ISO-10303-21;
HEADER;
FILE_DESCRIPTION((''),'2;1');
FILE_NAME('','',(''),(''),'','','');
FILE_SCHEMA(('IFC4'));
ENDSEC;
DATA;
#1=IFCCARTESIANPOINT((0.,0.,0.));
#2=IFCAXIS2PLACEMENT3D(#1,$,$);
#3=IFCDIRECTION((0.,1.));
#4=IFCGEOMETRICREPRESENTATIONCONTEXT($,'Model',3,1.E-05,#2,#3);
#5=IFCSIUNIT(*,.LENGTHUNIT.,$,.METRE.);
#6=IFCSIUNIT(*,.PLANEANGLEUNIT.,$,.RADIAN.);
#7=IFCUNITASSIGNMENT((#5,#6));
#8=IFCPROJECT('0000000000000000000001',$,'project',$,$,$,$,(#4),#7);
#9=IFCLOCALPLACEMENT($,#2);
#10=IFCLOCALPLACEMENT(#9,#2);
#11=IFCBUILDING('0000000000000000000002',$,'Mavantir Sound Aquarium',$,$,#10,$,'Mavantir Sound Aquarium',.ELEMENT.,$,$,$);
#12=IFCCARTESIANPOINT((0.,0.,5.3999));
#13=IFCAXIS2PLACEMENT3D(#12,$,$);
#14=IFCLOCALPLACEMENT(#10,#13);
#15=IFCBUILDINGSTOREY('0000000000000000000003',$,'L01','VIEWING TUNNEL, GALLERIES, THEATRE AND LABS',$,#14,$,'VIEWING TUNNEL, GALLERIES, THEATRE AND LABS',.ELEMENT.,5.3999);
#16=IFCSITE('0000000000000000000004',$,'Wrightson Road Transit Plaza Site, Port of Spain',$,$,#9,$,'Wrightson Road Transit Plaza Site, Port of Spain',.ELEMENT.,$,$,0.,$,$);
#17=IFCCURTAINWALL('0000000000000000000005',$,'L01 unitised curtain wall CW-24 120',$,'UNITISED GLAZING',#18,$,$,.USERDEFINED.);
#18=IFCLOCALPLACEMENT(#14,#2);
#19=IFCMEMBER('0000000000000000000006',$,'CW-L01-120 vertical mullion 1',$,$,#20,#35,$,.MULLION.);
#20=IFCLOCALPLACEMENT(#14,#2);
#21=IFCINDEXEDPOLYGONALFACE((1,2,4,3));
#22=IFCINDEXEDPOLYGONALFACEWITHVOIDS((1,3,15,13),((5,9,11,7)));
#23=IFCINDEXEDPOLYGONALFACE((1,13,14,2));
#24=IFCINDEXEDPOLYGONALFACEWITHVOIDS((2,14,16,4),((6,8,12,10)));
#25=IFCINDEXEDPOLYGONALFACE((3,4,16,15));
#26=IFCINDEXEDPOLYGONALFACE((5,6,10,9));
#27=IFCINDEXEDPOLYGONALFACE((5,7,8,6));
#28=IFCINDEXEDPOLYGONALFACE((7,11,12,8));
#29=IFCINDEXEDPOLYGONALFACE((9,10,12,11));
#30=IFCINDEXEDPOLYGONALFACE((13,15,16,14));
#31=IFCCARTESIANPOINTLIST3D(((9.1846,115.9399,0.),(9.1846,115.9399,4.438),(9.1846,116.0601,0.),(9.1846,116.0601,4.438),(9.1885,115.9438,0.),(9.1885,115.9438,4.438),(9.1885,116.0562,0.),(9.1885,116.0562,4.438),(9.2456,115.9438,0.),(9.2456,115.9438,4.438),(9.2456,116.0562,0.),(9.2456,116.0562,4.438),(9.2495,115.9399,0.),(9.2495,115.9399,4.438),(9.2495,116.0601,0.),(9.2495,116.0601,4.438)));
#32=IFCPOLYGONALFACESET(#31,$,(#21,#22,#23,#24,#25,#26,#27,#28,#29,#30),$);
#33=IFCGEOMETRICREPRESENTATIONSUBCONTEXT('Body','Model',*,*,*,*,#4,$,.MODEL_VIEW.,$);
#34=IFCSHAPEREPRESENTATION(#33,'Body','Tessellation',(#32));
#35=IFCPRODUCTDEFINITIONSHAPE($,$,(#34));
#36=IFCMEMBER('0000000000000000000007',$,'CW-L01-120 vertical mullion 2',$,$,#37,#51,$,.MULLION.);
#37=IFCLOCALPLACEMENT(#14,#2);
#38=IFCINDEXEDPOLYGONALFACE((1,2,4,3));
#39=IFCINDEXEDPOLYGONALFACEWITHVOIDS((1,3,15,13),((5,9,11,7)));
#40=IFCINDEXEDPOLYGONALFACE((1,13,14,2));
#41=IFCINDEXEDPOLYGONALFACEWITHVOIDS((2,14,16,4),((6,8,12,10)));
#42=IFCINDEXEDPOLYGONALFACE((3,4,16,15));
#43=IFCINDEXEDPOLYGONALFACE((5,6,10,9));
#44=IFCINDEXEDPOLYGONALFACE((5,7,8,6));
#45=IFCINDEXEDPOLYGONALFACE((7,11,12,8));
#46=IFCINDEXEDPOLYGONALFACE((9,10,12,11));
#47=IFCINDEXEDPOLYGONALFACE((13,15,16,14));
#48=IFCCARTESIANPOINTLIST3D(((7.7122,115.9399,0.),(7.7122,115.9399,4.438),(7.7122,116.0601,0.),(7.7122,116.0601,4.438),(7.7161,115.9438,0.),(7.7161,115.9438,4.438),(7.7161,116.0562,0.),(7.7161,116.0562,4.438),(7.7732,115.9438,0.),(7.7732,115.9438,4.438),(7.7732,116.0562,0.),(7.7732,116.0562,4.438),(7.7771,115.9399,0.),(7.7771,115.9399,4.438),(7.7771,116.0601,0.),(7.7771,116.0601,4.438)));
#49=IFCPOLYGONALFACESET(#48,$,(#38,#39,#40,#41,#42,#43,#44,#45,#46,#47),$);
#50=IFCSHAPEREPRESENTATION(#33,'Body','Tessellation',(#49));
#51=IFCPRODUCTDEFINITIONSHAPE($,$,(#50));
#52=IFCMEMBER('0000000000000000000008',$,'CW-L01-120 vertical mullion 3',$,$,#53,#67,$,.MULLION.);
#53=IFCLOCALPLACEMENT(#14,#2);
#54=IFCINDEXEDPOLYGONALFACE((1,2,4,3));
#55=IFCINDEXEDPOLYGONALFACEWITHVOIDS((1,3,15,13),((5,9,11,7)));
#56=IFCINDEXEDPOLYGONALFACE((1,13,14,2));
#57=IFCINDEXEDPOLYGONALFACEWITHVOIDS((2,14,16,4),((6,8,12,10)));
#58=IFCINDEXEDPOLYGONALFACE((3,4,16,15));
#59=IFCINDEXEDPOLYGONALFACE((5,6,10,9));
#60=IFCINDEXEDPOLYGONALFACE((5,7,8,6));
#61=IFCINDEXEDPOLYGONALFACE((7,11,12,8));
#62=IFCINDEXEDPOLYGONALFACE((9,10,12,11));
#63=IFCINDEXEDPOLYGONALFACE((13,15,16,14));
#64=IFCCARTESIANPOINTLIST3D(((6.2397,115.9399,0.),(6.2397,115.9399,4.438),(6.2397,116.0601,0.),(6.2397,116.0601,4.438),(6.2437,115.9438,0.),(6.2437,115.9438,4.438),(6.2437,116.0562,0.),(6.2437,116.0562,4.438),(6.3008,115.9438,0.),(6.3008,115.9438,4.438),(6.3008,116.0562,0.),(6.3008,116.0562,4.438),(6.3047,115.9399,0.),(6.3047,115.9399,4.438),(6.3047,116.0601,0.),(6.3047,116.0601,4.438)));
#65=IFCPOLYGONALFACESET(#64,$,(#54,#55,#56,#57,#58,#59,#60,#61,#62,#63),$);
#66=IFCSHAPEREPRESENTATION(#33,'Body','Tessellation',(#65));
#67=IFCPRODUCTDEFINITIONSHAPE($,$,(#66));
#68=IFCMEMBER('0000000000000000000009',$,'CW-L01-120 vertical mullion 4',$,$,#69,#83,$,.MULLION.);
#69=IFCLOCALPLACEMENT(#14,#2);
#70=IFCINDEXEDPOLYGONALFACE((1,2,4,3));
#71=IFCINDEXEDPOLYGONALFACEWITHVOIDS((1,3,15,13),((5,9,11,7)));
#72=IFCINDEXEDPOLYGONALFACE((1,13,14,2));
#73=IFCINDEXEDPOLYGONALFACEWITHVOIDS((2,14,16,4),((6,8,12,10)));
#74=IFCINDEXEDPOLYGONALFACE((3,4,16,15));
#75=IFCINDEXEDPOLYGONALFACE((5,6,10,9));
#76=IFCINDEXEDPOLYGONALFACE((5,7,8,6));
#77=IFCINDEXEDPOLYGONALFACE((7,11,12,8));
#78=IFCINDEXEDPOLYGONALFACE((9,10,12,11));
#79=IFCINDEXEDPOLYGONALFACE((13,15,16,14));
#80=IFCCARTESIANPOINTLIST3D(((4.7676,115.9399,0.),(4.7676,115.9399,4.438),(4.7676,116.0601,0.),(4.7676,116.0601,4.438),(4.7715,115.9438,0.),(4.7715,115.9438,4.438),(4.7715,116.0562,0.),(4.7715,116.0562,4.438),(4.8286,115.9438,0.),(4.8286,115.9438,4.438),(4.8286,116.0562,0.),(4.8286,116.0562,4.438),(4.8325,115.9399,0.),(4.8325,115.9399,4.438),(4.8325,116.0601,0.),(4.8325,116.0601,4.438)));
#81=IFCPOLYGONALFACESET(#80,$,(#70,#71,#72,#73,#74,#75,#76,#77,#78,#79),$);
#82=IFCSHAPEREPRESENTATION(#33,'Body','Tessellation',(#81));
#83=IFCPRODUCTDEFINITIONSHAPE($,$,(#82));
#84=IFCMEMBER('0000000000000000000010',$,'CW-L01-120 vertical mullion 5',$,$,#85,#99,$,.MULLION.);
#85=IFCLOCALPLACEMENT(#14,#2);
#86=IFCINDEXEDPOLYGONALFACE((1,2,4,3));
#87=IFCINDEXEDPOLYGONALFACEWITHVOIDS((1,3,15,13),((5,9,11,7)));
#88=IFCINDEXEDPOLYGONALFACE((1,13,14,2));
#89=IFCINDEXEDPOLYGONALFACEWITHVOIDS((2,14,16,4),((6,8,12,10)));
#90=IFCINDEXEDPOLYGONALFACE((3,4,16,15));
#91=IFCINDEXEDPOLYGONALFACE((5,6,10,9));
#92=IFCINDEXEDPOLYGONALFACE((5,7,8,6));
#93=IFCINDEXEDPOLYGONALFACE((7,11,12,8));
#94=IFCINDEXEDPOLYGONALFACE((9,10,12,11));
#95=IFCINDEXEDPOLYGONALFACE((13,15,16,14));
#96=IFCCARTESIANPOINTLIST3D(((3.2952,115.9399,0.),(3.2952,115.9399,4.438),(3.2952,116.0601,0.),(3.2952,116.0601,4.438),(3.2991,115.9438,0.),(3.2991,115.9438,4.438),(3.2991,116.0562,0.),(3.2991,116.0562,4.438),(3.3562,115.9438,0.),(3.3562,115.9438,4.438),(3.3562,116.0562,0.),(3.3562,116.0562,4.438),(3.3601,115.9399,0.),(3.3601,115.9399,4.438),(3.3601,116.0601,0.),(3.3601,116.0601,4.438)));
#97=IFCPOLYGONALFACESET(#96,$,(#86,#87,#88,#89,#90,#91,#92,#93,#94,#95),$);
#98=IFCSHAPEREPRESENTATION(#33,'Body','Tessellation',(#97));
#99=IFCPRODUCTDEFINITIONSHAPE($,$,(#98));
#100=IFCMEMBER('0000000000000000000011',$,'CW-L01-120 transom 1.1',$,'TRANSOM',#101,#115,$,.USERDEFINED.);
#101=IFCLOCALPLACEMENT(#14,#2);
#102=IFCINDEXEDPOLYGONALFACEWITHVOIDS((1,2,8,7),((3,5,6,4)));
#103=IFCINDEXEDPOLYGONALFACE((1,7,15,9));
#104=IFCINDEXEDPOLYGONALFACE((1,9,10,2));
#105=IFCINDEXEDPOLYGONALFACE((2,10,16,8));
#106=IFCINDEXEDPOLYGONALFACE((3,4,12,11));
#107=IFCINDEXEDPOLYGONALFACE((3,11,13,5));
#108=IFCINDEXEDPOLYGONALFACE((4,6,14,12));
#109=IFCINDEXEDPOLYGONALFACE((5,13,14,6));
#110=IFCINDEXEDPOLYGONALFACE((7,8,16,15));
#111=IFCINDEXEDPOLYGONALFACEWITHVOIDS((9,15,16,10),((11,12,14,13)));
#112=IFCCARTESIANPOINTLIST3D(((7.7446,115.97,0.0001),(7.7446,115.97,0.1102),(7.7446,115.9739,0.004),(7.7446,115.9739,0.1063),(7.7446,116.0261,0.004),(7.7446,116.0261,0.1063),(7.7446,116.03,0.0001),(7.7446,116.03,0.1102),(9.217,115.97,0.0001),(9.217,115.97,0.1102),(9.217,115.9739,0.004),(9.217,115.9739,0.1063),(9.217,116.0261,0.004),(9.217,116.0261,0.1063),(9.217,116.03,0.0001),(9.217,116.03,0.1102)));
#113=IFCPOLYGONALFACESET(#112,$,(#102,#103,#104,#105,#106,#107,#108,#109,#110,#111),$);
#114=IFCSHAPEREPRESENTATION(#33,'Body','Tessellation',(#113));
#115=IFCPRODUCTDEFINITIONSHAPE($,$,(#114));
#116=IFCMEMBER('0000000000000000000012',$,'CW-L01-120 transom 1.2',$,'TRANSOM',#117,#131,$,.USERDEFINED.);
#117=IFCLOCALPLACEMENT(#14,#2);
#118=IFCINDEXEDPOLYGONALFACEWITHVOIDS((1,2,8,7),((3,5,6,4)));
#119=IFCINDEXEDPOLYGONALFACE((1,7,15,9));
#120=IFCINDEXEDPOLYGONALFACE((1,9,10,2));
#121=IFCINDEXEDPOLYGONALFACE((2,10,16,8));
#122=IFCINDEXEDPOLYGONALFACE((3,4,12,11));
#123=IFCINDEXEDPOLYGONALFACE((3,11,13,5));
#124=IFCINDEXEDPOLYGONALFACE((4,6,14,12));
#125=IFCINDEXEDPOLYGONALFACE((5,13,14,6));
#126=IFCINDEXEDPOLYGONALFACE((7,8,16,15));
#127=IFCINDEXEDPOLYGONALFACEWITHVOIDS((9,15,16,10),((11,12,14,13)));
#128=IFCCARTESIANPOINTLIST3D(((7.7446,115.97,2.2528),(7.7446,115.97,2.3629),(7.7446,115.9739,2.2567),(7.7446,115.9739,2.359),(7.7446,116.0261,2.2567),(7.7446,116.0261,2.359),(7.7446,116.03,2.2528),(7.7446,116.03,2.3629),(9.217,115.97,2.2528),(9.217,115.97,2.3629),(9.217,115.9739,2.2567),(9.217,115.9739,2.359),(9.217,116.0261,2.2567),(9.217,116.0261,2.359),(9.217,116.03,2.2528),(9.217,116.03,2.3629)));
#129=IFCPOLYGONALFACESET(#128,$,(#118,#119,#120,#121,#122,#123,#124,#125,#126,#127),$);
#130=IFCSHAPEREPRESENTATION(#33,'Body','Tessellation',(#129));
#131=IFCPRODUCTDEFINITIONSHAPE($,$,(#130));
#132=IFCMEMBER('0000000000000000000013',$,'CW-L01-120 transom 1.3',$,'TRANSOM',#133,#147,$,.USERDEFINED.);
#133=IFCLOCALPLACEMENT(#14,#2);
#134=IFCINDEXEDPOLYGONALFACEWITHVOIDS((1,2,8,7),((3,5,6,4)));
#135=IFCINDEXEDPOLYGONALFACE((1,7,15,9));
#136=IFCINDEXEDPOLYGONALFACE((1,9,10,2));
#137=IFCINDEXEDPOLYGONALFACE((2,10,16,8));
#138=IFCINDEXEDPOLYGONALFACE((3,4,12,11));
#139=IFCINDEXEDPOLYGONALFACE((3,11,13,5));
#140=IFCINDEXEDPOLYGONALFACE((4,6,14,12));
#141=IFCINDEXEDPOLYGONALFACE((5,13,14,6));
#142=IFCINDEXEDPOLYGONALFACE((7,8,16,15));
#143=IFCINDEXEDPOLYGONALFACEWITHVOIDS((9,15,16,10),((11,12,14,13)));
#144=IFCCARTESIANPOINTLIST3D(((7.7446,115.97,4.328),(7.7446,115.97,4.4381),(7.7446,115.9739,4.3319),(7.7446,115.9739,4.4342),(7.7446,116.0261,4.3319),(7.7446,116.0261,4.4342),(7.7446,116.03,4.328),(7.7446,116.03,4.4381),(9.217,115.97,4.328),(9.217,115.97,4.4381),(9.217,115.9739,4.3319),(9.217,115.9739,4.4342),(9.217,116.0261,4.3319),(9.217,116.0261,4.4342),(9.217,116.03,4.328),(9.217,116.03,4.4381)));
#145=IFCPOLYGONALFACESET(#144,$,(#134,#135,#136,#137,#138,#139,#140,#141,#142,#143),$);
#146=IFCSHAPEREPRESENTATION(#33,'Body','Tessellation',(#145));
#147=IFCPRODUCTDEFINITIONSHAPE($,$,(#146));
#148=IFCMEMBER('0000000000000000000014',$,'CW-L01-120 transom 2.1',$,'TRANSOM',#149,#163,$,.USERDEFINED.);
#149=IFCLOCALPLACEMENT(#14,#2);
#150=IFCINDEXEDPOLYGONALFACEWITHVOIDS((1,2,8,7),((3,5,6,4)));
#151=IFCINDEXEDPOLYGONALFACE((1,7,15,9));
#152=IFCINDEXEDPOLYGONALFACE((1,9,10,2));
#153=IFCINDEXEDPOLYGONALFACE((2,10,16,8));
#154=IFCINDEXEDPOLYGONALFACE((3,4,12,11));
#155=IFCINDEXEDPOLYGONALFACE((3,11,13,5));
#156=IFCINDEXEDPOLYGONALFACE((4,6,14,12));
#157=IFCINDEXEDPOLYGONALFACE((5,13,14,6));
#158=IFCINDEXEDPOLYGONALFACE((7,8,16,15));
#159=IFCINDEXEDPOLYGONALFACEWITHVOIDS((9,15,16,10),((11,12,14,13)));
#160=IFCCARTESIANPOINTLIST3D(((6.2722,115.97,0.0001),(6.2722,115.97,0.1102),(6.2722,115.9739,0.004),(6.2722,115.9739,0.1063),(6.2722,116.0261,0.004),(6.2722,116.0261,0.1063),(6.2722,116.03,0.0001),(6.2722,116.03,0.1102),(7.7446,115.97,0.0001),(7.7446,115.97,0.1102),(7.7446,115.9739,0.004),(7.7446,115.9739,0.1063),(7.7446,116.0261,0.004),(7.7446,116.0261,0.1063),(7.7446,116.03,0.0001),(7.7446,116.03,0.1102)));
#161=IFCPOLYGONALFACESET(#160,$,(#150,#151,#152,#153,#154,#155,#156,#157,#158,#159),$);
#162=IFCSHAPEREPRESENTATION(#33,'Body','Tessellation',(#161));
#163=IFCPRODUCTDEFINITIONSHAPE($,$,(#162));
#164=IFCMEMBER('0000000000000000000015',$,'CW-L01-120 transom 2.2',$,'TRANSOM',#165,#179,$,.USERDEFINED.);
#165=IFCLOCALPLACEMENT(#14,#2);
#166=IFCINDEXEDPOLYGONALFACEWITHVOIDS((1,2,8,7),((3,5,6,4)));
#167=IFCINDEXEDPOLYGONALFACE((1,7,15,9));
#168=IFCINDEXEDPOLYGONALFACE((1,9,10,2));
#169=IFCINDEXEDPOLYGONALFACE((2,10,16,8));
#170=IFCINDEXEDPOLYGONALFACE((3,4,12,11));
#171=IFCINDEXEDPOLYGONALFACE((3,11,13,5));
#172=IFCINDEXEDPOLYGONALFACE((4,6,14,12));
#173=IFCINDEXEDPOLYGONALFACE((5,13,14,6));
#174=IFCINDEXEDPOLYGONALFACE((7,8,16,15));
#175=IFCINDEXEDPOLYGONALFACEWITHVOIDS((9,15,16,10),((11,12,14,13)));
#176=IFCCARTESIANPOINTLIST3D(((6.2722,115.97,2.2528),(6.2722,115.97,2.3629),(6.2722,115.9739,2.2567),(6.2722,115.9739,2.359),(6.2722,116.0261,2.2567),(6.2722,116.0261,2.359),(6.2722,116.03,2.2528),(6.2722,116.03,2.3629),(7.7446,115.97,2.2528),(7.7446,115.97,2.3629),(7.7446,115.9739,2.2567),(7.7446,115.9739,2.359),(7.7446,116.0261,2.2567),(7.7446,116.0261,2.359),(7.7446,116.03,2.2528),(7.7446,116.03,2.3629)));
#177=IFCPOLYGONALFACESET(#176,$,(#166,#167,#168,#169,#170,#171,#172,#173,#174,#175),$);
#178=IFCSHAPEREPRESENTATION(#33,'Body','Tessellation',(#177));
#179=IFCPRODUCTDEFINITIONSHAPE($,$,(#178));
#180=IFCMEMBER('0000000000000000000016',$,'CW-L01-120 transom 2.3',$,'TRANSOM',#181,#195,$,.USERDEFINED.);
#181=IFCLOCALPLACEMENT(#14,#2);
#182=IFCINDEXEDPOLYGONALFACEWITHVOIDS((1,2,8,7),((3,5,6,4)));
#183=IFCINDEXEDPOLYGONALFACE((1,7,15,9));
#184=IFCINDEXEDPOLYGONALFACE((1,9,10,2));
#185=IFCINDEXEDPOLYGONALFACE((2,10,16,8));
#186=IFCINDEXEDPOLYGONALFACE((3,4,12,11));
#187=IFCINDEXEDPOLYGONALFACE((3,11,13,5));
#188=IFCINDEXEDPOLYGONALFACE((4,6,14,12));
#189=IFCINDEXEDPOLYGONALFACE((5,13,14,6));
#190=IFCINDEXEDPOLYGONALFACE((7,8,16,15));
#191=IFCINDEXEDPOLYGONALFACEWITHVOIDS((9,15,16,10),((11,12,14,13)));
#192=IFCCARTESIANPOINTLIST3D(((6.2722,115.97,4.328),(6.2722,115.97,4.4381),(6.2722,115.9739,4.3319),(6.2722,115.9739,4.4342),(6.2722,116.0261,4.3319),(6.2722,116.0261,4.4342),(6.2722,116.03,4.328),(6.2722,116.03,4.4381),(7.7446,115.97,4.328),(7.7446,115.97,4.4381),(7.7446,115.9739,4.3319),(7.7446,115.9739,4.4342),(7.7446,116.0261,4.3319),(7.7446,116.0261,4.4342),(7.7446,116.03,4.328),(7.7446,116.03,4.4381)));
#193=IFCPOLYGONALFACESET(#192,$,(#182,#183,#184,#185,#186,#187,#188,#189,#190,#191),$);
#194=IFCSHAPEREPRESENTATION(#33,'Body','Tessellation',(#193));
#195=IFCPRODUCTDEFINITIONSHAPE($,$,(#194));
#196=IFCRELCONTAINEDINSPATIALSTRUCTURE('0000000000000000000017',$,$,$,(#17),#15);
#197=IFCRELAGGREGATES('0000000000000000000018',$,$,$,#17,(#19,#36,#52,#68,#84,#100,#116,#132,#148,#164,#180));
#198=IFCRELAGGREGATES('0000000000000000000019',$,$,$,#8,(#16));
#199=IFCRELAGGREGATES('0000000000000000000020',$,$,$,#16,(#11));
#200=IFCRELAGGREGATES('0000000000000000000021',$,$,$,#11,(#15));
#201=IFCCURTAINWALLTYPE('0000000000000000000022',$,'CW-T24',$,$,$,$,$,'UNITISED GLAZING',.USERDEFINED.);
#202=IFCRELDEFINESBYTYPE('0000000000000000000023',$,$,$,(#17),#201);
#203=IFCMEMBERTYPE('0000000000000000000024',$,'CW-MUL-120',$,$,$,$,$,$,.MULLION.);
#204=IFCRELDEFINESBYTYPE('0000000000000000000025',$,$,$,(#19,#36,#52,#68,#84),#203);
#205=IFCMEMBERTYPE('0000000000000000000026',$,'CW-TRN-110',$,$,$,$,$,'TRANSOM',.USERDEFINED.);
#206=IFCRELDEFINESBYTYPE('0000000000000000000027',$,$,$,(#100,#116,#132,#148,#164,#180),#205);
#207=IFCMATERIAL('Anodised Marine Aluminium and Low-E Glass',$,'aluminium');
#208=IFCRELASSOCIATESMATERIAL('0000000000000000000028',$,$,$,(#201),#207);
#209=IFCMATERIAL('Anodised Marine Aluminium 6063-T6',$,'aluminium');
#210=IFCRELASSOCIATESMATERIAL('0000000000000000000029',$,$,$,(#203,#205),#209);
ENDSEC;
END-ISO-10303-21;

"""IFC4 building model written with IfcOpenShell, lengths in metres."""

from ifc_helpers import new_model, si_unit, direction, frame, origin, origin_2d, place, context, subcontext, project, spatial, hollow_rectangle, extrude, material, material_profile, profile_set, type_object, element, aggregate, save


model = new_model("IFC4")

# Units and contexts
model_context = context("Model", 3, precision=1e-05, world=origin(), true_north=direction((0.0, 1.0)))
body_context = subcontext(model_context, "Body", "Model", "MODEL_VIEW")
ifc_project = project(units=[si_unit("LENGTHUNIT", "METRE"), si_unit("PLANEANGLEUNIT", "RADIAN")], contexts=[model_context])

# Site, building, storey
site_placement = place(None, origin())
site = spatial("IfcSite", under=ifc_project, at=site_placement, Name="Wrightson Road Transit Plaza Site, Port of Spain", LongName="Wrightson Road Transit Plaza Site, Port of Spain", CompositionType="ELEMENT", RefElevation=0.0)
building_placement = place(site_placement, origin())
building = spatial("IfcBuilding", under=site, at=building_placement, Name="Mavantir Sound Aquarium", LongName="Mavantir Sound Aquarium", CompositionType="ELEMENT")
storey_placement = place(building_placement, frame((0.0, 0.0, 5.3999)))
storey = spatial("IfcBuildingStorey", under=building, at=storey_placement, Name="L01", Description="VIEWING TUNNEL, GALLERIES, THEATRE AND LABS", LongName="VIEWING TUNNEL, GALLERIES, THEATRE AND LABS", CompositionType="ELEMENT", Elevation=5.3999)

# Curtain wall, members
ifc_material_1 = material(Name="Anodised Marine Aluminium and Low-E Glass", Category="aluminium")
curtain_wall_type = type_object("IfcCurtainWallType", Name="CW-T24", ElementType="UNITISED GLAZING", PredefinedType="USERDEFINED", material=ifc_material_1)
curtain_wall_placement = place(storey_placement, origin())
curtain_wall = element("IfcCurtainWall", 1, at=curtain_wall_placement, inside=storey, type_object=curtain_wall_type, Name="L01 unitised curtain wall CW-24 120", ObjectType="UNITISED GLAZING", PredefinedType="USERDEFINED")
ifc_material_2 = material(Name="Anodised Marine Aluminium 6063-T6", Category="aluminium")
ifc_material_profile_1 = material_profile(ifc_material_2, hollow_rectangle(XDim=0.0649, YDim=0.1201, WallThickness=0.0039, at=origin_2d()), Name="ALU-MULLION-120X65")
ifc_profile_set_1 = profile_set([ifc_material_profile_1], Name="Anodised Marine Aluminium 6063-T6")
member_type_1 = type_object("IfcMemberType", Name="CW-MUL-120", PredefinedType="MULLION", material=ifc_profile_set_1)
member_1_placement = place(storey_placement, frame((9.217, 116.0, 0.0), z_axis=(0.0, 0.0, 1.0), x_axis=(1.0, 0.0, 0.0)))
member_1 = element("IfcMember", 2, at=member_1_placement, type_object=member_type_1, Name="CW-L01-120 vertical mullion 1", PredefinedType="MULLION", context=body_context, shape_type="SweptSolid", body=[
    extrude(hollow_rectangle(XDim=0.0649, YDim=0.1201, WallThickness=0.0039, at=origin_2d()), origin(), (0.0, 0.0, 1.0), 4.438),
])
member_2_placement = place(storey_placement, frame((7.7446, 116.0, 0.0), z_axis=(0.0, 0.0, 1.0), x_axis=(1.0, 0.0, 0.0)))
member_2 = element("IfcMember", 3, at=member_2_placement, type_object=member_type_1, Name="CW-L01-120 vertical mullion 2", PredefinedType="MULLION", context=body_context, shape_type="SweptSolid", body=[
    extrude(hollow_rectangle(XDim=0.0649, YDim=0.1201, WallThickness=0.0039, at=origin_2d()), origin(), (0.0, 0.0, 1.0), 4.438),
])
member_3_placement = place(storey_placement, frame((6.2722, 116.0, 0.0), z_axis=(0.0, 0.0, 1.0), x_axis=(1.0, 0.0, 0.0)))
member_3 = element("IfcMember", 4, at=member_3_placement, type_object=member_type_1, Name="CW-L01-120 vertical mullion 3", PredefinedType="MULLION", context=body_context, shape_type="SweptSolid", body=[
    extrude(hollow_rectangle(XDim=0.0649, YDim=0.1201, WallThickness=0.0039, at=origin_2d()), origin(), (0.0, 0.0, 1.0), 4.438),
])
member_4_placement = place(storey_placement, frame((4.8, 116.0, 0.0), z_axis=(0.0, 0.0, 1.0), x_axis=(1.0, 0.0, 0.0)))
member_4 = element("IfcMember", 5, at=member_4_placement, type_object=member_type_1, Name="CW-L01-120 vertical mullion 4", PredefinedType="MULLION", context=body_context, shape_type="SweptSolid", body=[
    extrude(hollow_rectangle(XDim=0.0649, YDim=0.1201, WallThickness=0.0039, at=origin_2d()), origin(), (0.0, 0.0, 1.0), 4.438),
])
member_5_placement = place(storey_placement, frame((3.3276, 116.0, 0.0), z_axis=(0.0, 0.0, 1.0), x_axis=(1.0, 0.0, 0.0)))
member_5 = element("IfcMember", 6, at=member_5_placement, type_object=member_type_1, Name="CW-L01-120 vertical mullion 5", PredefinedType="MULLION", context=body_context, shape_type="SweptSolid", body=[
    extrude(hollow_rectangle(XDim=0.0649, YDim=0.1201, WallThickness=0.0039, at=origin_2d()), origin(), (0.0, 0.0, 1.0), 4.438),
])
ifc_material_profile_2 = material_profile(ifc_material_2, hollow_rectangle(XDim=0.0601, YDim=0.1101, WallThickness=0.0039, at=origin_2d()), Name="ALU-TRANSOM-110X60")
ifc_profile_set_2 = profile_set([ifc_material_profile_2], Name="Anodised Marine Aluminium 6063-T6")
member_type_2 = type_object("IfcMemberType", Name="CW-TRN-110", ElementType="TRANSOM", PredefinedType="USERDEFINED", material=ifc_profile_set_2)
member_6_placement = place(storey_placement, frame((9.217, 116.0, 0.0552), z_axis=(-1.0, 0.0, 0.0), x_axis=(0.0, -1.0, 0.0)))
member_6 = element("IfcMember", 7, at=member_6_placement, type_object=member_type_2, Name="CW-L01-120 transom 1.1", ObjectType="TRANSOM", PredefinedType="USERDEFINED", context=body_context, shape_type="SweptSolid", body=[
    extrude(hollow_rectangle(XDim=0.0601, YDim=0.1101, WallThickness=0.0039, at=origin_2d()), origin(), (0.0, 0.0, 1.0), 1.4724),
])
member_7_placement = place(storey_placement, frame((9.217, 116.0, 2.3079), z_axis=(-1.0, 0.0, 0.0), x_axis=(0.0, -1.0, 0.0)))
member_7 = element("IfcMember", 8, at=member_7_placement, type_object=member_type_2, Name="CW-L01-120 transom 1.2", ObjectType="TRANSOM", PredefinedType="USERDEFINED", context=body_context, shape_type="SweptSolid", body=[
    extrude(hollow_rectangle(XDim=0.0601, YDim=0.1101, WallThickness=0.0039, at=origin_2d()), origin(), (0.0, 0.0, 1.0), 1.4724),
])
member_8_placement = place(storey_placement, frame((9.217, 116.0, 4.3831), z_axis=(-1.0, 0.0, 0.0), x_axis=(0.0, -1.0, 0.0)))
member_8 = element("IfcMember", 9, at=member_8_placement, type_object=member_type_2, Name="CW-L01-120 transom 1.3", ObjectType="TRANSOM", PredefinedType="USERDEFINED", context=body_context, shape_type="SweptSolid", body=[
    extrude(hollow_rectangle(XDim=0.0601, YDim=0.1101, WallThickness=0.0039, at=origin_2d()), origin(), (0.0, 0.0, 1.0), 1.4724),
])
member_9_placement = place(storey_placement, frame((7.7446, 116.0, 0.0552), z_axis=(-1.0, 0.0, 0.0), x_axis=(0.0, -1.0, 0.0)))
member_9 = element("IfcMember", 10, at=member_9_placement, type_object=member_type_2, Name="CW-L01-120 transom 2.1", ObjectType="TRANSOM", PredefinedType="USERDEFINED", context=body_context, shape_type="SweptSolid", body=[
    extrude(hollow_rectangle(XDim=0.0601, YDim=0.1101, WallThickness=0.0039, at=origin_2d()), origin(), (0.0, 0.0, 1.0), 1.4724),
])
member_10_placement = place(storey_placement, frame((7.7446, 116.0, 2.3079), z_axis=(-1.0, 0.0, 0.0), x_axis=(0.0, -1.0, 0.0)))
member_10 = element("IfcMember", 11, at=member_10_placement, type_object=member_type_2, Name="CW-L01-120 transom 2.2", ObjectType="TRANSOM", PredefinedType="USERDEFINED", context=body_context, shape_type="SweptSolid", body=[
    extrude(hollow_rectangle(XDim=0.0601, YDim=0.1101, WallThickness=0.0039, at=origin_2d()), origin(), (0.0, 0.0, 1.0), 1.4724),
])
member_11_placement = place(storey_placement, frame((7.7446, 116.0, 4.3831), z_axis=(-1.0, 0.0, 0.0), x_axis=(0.0, -1.0, 0.0)))
member_11 = element("IfcMember", 12, at=member_11_placement, type_object=member_type_2, Name="CW-L01-120 transom 2.3", ObjectType="TRANSOM", PredefinedType="USERDEFINED", context=body_context, shape_type="SweptSolid", body=[
    extrude(hollow_rectangle(XDim=0.0601, YDim=0.1101, WallThickness=0.0039, at=origin_2d()), origin(), (0.0, 0.0, 1.0), 1.4724),
])
aggregate(curtain_wall, [member_1, member_2, member_3, member_4, member_5, member_6, member_7, member_8, member_9, member_10, member_11])

save(model, "model.ifc")
